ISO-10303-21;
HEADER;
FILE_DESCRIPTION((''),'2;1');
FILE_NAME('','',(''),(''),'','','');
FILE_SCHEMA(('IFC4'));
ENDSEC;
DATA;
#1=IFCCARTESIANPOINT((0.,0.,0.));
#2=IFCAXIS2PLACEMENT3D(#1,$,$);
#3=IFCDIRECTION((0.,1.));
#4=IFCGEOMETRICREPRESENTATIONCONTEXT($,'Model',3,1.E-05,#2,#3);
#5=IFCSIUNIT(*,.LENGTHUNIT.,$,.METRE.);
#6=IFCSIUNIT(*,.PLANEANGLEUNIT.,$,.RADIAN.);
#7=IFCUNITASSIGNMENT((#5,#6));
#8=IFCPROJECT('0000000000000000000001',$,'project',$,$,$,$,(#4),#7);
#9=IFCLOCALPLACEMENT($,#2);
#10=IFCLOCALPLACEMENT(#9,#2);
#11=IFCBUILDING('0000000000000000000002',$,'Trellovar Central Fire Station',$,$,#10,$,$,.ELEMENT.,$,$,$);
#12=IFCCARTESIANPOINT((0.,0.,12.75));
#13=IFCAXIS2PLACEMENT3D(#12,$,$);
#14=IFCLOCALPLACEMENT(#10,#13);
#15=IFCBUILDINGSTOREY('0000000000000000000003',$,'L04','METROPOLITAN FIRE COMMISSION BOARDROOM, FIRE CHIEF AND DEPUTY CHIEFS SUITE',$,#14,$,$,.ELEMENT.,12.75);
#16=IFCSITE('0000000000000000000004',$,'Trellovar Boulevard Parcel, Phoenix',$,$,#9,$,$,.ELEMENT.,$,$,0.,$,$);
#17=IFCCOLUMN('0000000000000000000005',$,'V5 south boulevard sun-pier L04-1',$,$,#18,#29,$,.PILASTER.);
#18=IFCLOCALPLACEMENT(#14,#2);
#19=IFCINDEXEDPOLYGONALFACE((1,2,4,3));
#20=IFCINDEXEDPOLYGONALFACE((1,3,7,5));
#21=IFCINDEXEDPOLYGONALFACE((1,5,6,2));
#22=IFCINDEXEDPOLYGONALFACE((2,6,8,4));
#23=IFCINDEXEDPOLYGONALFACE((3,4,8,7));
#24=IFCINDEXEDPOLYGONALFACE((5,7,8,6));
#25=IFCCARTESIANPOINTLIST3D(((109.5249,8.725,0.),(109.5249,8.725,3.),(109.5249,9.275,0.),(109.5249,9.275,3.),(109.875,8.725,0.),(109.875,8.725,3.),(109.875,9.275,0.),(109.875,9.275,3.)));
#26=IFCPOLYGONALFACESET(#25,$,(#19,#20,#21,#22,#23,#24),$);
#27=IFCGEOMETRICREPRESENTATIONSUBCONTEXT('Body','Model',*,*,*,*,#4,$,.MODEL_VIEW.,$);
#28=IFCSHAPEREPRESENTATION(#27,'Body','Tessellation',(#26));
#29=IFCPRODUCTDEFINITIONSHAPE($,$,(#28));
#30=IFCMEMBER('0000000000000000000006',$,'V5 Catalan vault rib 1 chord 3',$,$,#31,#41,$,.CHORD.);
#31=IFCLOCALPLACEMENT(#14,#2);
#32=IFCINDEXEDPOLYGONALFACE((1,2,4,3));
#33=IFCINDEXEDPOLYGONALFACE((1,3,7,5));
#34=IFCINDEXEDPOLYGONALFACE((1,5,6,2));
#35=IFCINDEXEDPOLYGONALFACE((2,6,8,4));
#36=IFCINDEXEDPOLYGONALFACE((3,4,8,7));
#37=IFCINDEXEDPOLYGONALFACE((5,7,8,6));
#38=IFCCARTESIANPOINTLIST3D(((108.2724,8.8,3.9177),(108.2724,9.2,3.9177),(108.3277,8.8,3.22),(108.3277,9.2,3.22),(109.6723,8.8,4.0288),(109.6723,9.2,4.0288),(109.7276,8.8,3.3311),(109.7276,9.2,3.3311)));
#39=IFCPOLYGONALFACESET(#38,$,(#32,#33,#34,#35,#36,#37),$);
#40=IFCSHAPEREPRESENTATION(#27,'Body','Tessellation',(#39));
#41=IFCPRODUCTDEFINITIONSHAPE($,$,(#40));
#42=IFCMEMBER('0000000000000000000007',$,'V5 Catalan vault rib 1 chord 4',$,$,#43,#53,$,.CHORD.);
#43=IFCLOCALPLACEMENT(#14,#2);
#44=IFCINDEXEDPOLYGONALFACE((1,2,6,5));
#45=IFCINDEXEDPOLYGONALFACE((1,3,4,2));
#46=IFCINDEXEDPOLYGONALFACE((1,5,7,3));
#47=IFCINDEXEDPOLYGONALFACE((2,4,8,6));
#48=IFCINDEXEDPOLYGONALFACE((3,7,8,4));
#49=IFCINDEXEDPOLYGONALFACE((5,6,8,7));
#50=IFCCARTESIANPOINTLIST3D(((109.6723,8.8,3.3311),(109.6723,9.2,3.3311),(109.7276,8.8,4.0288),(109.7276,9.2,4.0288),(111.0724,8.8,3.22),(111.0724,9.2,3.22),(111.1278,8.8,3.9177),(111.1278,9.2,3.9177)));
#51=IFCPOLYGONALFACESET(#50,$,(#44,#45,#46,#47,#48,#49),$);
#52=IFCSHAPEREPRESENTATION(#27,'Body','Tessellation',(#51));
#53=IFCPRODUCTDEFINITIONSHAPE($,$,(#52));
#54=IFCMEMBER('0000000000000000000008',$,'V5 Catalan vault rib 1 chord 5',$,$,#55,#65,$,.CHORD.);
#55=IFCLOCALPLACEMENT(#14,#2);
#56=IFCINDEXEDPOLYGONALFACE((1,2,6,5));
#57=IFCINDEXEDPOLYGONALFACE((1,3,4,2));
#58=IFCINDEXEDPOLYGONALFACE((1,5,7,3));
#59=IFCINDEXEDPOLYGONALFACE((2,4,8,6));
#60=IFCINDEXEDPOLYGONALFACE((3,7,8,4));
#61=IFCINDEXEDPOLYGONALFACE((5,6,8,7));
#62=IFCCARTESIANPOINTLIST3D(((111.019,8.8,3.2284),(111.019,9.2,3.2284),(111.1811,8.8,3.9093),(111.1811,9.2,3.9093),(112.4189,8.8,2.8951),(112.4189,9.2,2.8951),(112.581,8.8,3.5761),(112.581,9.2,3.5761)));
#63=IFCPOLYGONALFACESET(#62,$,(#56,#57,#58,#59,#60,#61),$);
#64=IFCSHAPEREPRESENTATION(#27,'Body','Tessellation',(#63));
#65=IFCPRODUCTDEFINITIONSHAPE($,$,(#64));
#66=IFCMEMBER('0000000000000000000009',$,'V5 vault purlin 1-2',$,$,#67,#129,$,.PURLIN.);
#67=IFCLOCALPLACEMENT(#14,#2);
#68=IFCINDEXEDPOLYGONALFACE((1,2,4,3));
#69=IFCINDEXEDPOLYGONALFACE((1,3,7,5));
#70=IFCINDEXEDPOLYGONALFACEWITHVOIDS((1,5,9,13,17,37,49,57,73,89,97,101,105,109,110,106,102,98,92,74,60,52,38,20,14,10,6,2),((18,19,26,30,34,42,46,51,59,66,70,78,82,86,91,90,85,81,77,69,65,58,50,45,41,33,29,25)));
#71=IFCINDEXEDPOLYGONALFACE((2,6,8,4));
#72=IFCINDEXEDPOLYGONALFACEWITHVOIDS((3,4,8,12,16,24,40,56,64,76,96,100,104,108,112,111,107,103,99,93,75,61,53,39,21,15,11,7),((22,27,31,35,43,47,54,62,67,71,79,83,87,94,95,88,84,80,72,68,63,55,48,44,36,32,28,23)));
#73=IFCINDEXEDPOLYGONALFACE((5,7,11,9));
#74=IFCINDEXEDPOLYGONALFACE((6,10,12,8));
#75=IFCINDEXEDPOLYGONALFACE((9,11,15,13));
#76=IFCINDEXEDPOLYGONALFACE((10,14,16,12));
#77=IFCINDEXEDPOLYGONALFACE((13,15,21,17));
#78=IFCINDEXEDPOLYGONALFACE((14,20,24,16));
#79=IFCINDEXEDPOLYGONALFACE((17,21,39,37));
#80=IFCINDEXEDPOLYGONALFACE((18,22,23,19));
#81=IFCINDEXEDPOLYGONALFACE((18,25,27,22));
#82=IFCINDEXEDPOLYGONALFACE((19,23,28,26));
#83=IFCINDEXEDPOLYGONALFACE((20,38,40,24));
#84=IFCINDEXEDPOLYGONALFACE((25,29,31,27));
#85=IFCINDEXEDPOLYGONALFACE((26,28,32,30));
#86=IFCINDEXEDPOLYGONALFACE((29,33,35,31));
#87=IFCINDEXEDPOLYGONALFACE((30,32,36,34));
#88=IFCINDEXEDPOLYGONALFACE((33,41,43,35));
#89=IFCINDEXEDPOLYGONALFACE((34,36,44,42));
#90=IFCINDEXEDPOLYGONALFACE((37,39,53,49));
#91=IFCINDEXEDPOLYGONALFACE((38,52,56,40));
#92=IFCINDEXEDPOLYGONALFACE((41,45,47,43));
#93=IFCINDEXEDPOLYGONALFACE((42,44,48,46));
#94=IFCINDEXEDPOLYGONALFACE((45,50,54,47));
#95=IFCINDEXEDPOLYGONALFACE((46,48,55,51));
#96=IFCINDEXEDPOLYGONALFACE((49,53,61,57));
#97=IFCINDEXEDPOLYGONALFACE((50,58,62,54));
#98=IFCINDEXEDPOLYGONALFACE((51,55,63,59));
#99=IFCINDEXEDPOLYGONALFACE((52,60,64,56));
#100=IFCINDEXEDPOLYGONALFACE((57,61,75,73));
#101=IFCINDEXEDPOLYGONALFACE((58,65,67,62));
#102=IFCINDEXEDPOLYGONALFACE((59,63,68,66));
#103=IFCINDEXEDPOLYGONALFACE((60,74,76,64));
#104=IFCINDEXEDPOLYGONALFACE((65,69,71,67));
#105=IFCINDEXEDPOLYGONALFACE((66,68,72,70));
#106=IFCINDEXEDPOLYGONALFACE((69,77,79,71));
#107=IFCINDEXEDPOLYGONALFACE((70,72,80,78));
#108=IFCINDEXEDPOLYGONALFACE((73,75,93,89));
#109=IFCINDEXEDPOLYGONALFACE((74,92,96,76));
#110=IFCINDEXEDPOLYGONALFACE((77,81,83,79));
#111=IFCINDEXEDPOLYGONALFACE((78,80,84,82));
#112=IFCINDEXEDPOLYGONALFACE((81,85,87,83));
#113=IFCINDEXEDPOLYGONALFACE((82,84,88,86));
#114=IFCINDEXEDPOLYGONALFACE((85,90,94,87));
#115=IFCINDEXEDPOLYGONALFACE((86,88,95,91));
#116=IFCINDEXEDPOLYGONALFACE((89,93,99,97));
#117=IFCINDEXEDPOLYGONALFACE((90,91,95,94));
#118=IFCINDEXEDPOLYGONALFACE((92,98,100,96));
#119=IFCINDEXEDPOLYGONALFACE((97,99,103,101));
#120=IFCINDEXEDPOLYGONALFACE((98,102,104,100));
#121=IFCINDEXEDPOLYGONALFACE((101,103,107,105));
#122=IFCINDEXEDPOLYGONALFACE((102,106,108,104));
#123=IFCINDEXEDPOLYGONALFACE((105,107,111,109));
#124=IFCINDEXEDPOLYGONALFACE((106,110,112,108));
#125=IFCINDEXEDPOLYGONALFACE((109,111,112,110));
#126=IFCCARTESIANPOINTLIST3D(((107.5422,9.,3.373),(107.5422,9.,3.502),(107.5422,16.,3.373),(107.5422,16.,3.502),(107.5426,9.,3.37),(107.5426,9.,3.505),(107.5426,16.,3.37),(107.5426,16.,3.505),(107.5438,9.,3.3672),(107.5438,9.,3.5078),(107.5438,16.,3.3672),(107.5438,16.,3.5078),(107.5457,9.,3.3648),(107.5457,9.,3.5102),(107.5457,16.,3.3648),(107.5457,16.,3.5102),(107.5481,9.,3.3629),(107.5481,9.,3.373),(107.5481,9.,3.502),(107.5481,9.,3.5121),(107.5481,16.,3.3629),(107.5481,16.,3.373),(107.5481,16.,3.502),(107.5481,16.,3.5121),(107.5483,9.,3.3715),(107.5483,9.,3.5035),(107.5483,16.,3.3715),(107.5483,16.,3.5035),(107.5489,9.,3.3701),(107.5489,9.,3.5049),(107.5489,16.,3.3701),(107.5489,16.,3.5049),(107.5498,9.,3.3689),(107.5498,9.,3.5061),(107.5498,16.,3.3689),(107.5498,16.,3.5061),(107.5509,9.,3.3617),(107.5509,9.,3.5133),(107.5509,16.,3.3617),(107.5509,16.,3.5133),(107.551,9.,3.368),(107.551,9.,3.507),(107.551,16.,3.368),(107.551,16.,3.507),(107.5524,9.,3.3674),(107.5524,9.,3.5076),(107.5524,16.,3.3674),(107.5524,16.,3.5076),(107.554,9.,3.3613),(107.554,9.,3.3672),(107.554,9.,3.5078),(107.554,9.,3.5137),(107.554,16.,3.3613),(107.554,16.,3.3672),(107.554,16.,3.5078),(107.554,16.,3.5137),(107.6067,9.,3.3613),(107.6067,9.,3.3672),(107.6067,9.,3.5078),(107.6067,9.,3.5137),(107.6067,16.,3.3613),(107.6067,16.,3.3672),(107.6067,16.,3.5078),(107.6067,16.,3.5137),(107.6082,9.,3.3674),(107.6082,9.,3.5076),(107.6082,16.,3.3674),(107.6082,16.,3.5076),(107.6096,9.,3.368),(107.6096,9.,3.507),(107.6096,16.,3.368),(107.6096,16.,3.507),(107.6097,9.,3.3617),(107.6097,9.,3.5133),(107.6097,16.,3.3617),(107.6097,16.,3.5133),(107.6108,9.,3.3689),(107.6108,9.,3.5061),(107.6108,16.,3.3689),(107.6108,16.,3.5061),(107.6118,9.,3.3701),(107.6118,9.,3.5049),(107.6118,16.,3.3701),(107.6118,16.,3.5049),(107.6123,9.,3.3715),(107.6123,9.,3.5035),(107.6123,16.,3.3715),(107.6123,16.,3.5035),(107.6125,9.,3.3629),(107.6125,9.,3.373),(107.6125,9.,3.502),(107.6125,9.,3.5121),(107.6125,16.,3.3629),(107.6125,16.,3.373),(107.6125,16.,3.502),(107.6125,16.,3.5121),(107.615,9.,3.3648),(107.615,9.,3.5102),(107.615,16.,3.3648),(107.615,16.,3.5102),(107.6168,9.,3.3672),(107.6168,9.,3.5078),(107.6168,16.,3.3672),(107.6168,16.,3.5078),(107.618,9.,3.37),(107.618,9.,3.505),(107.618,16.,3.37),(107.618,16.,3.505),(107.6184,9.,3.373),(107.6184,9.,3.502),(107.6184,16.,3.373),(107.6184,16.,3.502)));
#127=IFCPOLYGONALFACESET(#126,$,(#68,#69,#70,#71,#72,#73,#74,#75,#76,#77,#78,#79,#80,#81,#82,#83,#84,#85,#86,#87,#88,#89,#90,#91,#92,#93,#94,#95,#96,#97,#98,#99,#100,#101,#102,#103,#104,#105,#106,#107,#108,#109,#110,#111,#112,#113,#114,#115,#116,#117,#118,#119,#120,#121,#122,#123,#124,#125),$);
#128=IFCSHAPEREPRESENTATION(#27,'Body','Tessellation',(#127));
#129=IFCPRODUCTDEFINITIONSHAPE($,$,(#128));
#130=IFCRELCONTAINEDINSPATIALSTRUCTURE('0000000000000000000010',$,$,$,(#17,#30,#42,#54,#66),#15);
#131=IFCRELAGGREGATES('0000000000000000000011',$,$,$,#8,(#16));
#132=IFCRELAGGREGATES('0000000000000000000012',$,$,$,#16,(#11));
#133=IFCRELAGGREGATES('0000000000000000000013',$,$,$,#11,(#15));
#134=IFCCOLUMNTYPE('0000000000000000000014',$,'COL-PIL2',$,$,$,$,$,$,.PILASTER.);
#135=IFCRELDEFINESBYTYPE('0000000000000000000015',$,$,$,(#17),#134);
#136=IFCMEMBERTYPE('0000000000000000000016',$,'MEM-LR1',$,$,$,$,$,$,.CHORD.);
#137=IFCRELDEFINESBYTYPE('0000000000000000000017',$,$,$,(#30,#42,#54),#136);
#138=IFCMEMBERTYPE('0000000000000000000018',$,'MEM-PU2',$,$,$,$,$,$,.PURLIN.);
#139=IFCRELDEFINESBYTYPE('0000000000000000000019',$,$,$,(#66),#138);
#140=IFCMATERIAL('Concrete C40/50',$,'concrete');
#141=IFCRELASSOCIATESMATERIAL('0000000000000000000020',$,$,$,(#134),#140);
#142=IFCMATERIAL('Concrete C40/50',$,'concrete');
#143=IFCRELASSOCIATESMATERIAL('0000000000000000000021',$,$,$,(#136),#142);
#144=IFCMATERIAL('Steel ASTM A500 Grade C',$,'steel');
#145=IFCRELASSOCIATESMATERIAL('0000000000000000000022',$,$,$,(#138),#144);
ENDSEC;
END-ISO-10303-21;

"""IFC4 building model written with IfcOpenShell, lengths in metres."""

from ifc_helpers import new_model, si_unit, direction, frame, origin, origin_2d, place, context, subcontext, project, spatial, rectangle, hollow_rectangle, extrude, material, material_profile, profile_set, type_object, element, save


model = new_model("IFC4")

# Units and contexts
model_context = context("Model", 3, precision=1e-05, world=origin(), true_north=direction((0.0, 1.0)))
body_context = subcontext(model_context, "Body", "Model", "MODEL_VIEW")
ifc_project = project(units=[si_unit("LENGTHUNIT", "METRE"), si_unit("PLANEANGLEUNIT", "RADIAN")], contexts=[model_context])

# Site, building, storey
site_placement = place(None, origin())
site = spatial("IfcSite", under=ifc_project, at=site_placement, Name="Trellovar Boulevard Parcel, Phoenix", CompositionType="ELEMENT", RefElevation=0.0)
building_placement = place(site_placement, origin())
building = spatial("IfcBuilding", under=site, at=building_placement, Name="Trellovar Central Fire Station", CompositionType="ELEMENT")
storey_placement = place(building_placement, frame((0.0, 0.0, 12.75)))
storey = spatial("IfcBuildingStorey", under=building, at=storey_placement, Name="L04", Description="METROPOLITAN FIRE COMMISSION BOARDROOM, FIRE CHIEF AND DEPUTY CHIEFS SUITE", CompositionType="ELEMENT", Elevation=12.75)

# Column
ifc_material_1 = material(Name="Concrete C40/50", Category="concrete")
ifc_material_profile_1 = material_profile(ifc_material_1, rectangle(XDim=0.3501, YDim=0.55, at=origin_2d()), Name="RC350X550")
ifc_profile_set_1 = profile_set([ifc_material_profile_1], Name="Concrete C40/50")
column_type = type_object("IfcColumnType", Name="COL-PIL2", PredefinedType="PILASTER", material=ifc_profile_set_1)
column_placement = place(storey_placement, frame((109.7, 9.0, 0.0), z_axis=(0.0, 0.0, 1.0), x_axis=(1.0, 0.0, 0.0)))
element("IfcColumn", 1, at=column_placement, inside=storey, type_object=column_type, Name="V5 south boulevard sun-pier L04-1", PredefinedType="PILASTER", context=body_context, shape_type="SweptSolid", body=[
    extrude(rectangle(XDim=0.3501, YDim=0.55, at=origin_2d()), origin(), (0.0, 0.0, 1.0), 3.0),
])

# Members
ifc_material_2 = material(Name="Concrete C40/50", Category="concrete")
ifc_material_profile_2 = material_profile(ifc_material_2, rectangle(XDim=0.3999, YDim=0.7, at=origin_2d()), Name="RC400X700")
ifc_profile_set_2 = profile_set([ifc_material_profile_2], Name="Concrete C40/50")
member_type_1 = type_object("IfcMemberType", Name="MEM-LR1", PredefinedType="CHORD", material=ifc_profile_set_2)
member_1_placement = place(storey_placement, frame((108.3, 9.0, 3.5688), z_axis=(0.996866, 0.0, 0.079103), x_axis=(0.0, 1.0, 0.0)))
element("IfcMember", 2, at=member_1_placement, inside=storey, type_object=member_type_1, Name="V5 Catalan vault rib 1 chord 3", PredefinedType="CHORD", context=body_context, shape_type="SweptSolid", body=[
    extrude(rectangle(XDim=0.3999, YDim=0.7, at=origin_2d()), origin(), (0.0, 0.0, 1.0), 1.4043),
])
member_2_placement = place(storey_placement, frame((109.7, 9.0, 3.6799), z_axis=(0.996868, 0.0, -0.079089), x_axis=(0.0, 1.0, 0.0)))
element("IfcMember", 3, at=member_2_placement, inside=storey, type_object=member_type_1, Name="V5 Catalan vault rib 1 chord 4", PredefinedType="CHORD", context=body_context, shape_type="SweptSolid", body=[
    extrude(rectangle(XDim=0.3999, YDim=0.7, at=origin_2d()), origin(), (0.0, 0.0, 1.0), 1.4045),
])
member_3_placement = place(storey_placement, frame((111.1001, 9.0, 3.5688), z_axis=(0.972815, 0.0, -0.231582), x_axis=(0.0, 1.0, 0.0)))
element("IfcMember", 4, at=member_3_placement, inside=storey, type_object=member_type_1, Name="V5 Catalan vault rib 1 chord 5", PredefinedType="CHORD", context=body_context, shape_type="SweptSolid", body=[
    extrude(rectangle(XDim=0.3999, YDim=0.7, at=origin_2d()), origin(), (0.0, 0.0, 1.0), 1.439),
])
ifc_material_3 = material(Name="Steel ASTM A500 Grade C", Category="steel")
ifc_material_profile_3 = material_profile(ifc_material_3, hollow_rectangle(XDim=0.0762, YDim=0.1523, WallThickness=0.0059, InnerFilletRadius=0.0059, OuterFilletRadius=0.0117, at=origin_2d()), Name="HSS6X3X1/4")
ifc_profile_set_3 = profile_set([ifc_material_profile_3], Name="Steel ASTM A500 Grade C")
member_type_2 = type_object("IfcMemberType", Name="MEM-PU2", PredefinedType="PURLIN", material=ifc_profile_set_3)
member_4_placement = place(storey_placement, frame((107.5803, 9.0, 3.4375), z_axis=(0.0, 1.0, 0.0), x_axis=(-1.0, 0.0, 0.0)))
element("IfcMember", 5, at=member_4_placement, inside=storey, type_object=member_type_2, Name="V5 vault purlin 1-2", PredefinedType="PURLIN", context=body_context, shape_type="SweptSolid", body=[
    extrude(hollow_rectangle(XDim=0.0762, YDim=0.1523, WallThickness=0.0059, InnerFilletRadius=0.0059, OuterFilletRadius=0.0117, at=origin_2d()), origin(), (0.0, 0.0, 1.0), 7.0),
])

save(model, "model.ifc")
